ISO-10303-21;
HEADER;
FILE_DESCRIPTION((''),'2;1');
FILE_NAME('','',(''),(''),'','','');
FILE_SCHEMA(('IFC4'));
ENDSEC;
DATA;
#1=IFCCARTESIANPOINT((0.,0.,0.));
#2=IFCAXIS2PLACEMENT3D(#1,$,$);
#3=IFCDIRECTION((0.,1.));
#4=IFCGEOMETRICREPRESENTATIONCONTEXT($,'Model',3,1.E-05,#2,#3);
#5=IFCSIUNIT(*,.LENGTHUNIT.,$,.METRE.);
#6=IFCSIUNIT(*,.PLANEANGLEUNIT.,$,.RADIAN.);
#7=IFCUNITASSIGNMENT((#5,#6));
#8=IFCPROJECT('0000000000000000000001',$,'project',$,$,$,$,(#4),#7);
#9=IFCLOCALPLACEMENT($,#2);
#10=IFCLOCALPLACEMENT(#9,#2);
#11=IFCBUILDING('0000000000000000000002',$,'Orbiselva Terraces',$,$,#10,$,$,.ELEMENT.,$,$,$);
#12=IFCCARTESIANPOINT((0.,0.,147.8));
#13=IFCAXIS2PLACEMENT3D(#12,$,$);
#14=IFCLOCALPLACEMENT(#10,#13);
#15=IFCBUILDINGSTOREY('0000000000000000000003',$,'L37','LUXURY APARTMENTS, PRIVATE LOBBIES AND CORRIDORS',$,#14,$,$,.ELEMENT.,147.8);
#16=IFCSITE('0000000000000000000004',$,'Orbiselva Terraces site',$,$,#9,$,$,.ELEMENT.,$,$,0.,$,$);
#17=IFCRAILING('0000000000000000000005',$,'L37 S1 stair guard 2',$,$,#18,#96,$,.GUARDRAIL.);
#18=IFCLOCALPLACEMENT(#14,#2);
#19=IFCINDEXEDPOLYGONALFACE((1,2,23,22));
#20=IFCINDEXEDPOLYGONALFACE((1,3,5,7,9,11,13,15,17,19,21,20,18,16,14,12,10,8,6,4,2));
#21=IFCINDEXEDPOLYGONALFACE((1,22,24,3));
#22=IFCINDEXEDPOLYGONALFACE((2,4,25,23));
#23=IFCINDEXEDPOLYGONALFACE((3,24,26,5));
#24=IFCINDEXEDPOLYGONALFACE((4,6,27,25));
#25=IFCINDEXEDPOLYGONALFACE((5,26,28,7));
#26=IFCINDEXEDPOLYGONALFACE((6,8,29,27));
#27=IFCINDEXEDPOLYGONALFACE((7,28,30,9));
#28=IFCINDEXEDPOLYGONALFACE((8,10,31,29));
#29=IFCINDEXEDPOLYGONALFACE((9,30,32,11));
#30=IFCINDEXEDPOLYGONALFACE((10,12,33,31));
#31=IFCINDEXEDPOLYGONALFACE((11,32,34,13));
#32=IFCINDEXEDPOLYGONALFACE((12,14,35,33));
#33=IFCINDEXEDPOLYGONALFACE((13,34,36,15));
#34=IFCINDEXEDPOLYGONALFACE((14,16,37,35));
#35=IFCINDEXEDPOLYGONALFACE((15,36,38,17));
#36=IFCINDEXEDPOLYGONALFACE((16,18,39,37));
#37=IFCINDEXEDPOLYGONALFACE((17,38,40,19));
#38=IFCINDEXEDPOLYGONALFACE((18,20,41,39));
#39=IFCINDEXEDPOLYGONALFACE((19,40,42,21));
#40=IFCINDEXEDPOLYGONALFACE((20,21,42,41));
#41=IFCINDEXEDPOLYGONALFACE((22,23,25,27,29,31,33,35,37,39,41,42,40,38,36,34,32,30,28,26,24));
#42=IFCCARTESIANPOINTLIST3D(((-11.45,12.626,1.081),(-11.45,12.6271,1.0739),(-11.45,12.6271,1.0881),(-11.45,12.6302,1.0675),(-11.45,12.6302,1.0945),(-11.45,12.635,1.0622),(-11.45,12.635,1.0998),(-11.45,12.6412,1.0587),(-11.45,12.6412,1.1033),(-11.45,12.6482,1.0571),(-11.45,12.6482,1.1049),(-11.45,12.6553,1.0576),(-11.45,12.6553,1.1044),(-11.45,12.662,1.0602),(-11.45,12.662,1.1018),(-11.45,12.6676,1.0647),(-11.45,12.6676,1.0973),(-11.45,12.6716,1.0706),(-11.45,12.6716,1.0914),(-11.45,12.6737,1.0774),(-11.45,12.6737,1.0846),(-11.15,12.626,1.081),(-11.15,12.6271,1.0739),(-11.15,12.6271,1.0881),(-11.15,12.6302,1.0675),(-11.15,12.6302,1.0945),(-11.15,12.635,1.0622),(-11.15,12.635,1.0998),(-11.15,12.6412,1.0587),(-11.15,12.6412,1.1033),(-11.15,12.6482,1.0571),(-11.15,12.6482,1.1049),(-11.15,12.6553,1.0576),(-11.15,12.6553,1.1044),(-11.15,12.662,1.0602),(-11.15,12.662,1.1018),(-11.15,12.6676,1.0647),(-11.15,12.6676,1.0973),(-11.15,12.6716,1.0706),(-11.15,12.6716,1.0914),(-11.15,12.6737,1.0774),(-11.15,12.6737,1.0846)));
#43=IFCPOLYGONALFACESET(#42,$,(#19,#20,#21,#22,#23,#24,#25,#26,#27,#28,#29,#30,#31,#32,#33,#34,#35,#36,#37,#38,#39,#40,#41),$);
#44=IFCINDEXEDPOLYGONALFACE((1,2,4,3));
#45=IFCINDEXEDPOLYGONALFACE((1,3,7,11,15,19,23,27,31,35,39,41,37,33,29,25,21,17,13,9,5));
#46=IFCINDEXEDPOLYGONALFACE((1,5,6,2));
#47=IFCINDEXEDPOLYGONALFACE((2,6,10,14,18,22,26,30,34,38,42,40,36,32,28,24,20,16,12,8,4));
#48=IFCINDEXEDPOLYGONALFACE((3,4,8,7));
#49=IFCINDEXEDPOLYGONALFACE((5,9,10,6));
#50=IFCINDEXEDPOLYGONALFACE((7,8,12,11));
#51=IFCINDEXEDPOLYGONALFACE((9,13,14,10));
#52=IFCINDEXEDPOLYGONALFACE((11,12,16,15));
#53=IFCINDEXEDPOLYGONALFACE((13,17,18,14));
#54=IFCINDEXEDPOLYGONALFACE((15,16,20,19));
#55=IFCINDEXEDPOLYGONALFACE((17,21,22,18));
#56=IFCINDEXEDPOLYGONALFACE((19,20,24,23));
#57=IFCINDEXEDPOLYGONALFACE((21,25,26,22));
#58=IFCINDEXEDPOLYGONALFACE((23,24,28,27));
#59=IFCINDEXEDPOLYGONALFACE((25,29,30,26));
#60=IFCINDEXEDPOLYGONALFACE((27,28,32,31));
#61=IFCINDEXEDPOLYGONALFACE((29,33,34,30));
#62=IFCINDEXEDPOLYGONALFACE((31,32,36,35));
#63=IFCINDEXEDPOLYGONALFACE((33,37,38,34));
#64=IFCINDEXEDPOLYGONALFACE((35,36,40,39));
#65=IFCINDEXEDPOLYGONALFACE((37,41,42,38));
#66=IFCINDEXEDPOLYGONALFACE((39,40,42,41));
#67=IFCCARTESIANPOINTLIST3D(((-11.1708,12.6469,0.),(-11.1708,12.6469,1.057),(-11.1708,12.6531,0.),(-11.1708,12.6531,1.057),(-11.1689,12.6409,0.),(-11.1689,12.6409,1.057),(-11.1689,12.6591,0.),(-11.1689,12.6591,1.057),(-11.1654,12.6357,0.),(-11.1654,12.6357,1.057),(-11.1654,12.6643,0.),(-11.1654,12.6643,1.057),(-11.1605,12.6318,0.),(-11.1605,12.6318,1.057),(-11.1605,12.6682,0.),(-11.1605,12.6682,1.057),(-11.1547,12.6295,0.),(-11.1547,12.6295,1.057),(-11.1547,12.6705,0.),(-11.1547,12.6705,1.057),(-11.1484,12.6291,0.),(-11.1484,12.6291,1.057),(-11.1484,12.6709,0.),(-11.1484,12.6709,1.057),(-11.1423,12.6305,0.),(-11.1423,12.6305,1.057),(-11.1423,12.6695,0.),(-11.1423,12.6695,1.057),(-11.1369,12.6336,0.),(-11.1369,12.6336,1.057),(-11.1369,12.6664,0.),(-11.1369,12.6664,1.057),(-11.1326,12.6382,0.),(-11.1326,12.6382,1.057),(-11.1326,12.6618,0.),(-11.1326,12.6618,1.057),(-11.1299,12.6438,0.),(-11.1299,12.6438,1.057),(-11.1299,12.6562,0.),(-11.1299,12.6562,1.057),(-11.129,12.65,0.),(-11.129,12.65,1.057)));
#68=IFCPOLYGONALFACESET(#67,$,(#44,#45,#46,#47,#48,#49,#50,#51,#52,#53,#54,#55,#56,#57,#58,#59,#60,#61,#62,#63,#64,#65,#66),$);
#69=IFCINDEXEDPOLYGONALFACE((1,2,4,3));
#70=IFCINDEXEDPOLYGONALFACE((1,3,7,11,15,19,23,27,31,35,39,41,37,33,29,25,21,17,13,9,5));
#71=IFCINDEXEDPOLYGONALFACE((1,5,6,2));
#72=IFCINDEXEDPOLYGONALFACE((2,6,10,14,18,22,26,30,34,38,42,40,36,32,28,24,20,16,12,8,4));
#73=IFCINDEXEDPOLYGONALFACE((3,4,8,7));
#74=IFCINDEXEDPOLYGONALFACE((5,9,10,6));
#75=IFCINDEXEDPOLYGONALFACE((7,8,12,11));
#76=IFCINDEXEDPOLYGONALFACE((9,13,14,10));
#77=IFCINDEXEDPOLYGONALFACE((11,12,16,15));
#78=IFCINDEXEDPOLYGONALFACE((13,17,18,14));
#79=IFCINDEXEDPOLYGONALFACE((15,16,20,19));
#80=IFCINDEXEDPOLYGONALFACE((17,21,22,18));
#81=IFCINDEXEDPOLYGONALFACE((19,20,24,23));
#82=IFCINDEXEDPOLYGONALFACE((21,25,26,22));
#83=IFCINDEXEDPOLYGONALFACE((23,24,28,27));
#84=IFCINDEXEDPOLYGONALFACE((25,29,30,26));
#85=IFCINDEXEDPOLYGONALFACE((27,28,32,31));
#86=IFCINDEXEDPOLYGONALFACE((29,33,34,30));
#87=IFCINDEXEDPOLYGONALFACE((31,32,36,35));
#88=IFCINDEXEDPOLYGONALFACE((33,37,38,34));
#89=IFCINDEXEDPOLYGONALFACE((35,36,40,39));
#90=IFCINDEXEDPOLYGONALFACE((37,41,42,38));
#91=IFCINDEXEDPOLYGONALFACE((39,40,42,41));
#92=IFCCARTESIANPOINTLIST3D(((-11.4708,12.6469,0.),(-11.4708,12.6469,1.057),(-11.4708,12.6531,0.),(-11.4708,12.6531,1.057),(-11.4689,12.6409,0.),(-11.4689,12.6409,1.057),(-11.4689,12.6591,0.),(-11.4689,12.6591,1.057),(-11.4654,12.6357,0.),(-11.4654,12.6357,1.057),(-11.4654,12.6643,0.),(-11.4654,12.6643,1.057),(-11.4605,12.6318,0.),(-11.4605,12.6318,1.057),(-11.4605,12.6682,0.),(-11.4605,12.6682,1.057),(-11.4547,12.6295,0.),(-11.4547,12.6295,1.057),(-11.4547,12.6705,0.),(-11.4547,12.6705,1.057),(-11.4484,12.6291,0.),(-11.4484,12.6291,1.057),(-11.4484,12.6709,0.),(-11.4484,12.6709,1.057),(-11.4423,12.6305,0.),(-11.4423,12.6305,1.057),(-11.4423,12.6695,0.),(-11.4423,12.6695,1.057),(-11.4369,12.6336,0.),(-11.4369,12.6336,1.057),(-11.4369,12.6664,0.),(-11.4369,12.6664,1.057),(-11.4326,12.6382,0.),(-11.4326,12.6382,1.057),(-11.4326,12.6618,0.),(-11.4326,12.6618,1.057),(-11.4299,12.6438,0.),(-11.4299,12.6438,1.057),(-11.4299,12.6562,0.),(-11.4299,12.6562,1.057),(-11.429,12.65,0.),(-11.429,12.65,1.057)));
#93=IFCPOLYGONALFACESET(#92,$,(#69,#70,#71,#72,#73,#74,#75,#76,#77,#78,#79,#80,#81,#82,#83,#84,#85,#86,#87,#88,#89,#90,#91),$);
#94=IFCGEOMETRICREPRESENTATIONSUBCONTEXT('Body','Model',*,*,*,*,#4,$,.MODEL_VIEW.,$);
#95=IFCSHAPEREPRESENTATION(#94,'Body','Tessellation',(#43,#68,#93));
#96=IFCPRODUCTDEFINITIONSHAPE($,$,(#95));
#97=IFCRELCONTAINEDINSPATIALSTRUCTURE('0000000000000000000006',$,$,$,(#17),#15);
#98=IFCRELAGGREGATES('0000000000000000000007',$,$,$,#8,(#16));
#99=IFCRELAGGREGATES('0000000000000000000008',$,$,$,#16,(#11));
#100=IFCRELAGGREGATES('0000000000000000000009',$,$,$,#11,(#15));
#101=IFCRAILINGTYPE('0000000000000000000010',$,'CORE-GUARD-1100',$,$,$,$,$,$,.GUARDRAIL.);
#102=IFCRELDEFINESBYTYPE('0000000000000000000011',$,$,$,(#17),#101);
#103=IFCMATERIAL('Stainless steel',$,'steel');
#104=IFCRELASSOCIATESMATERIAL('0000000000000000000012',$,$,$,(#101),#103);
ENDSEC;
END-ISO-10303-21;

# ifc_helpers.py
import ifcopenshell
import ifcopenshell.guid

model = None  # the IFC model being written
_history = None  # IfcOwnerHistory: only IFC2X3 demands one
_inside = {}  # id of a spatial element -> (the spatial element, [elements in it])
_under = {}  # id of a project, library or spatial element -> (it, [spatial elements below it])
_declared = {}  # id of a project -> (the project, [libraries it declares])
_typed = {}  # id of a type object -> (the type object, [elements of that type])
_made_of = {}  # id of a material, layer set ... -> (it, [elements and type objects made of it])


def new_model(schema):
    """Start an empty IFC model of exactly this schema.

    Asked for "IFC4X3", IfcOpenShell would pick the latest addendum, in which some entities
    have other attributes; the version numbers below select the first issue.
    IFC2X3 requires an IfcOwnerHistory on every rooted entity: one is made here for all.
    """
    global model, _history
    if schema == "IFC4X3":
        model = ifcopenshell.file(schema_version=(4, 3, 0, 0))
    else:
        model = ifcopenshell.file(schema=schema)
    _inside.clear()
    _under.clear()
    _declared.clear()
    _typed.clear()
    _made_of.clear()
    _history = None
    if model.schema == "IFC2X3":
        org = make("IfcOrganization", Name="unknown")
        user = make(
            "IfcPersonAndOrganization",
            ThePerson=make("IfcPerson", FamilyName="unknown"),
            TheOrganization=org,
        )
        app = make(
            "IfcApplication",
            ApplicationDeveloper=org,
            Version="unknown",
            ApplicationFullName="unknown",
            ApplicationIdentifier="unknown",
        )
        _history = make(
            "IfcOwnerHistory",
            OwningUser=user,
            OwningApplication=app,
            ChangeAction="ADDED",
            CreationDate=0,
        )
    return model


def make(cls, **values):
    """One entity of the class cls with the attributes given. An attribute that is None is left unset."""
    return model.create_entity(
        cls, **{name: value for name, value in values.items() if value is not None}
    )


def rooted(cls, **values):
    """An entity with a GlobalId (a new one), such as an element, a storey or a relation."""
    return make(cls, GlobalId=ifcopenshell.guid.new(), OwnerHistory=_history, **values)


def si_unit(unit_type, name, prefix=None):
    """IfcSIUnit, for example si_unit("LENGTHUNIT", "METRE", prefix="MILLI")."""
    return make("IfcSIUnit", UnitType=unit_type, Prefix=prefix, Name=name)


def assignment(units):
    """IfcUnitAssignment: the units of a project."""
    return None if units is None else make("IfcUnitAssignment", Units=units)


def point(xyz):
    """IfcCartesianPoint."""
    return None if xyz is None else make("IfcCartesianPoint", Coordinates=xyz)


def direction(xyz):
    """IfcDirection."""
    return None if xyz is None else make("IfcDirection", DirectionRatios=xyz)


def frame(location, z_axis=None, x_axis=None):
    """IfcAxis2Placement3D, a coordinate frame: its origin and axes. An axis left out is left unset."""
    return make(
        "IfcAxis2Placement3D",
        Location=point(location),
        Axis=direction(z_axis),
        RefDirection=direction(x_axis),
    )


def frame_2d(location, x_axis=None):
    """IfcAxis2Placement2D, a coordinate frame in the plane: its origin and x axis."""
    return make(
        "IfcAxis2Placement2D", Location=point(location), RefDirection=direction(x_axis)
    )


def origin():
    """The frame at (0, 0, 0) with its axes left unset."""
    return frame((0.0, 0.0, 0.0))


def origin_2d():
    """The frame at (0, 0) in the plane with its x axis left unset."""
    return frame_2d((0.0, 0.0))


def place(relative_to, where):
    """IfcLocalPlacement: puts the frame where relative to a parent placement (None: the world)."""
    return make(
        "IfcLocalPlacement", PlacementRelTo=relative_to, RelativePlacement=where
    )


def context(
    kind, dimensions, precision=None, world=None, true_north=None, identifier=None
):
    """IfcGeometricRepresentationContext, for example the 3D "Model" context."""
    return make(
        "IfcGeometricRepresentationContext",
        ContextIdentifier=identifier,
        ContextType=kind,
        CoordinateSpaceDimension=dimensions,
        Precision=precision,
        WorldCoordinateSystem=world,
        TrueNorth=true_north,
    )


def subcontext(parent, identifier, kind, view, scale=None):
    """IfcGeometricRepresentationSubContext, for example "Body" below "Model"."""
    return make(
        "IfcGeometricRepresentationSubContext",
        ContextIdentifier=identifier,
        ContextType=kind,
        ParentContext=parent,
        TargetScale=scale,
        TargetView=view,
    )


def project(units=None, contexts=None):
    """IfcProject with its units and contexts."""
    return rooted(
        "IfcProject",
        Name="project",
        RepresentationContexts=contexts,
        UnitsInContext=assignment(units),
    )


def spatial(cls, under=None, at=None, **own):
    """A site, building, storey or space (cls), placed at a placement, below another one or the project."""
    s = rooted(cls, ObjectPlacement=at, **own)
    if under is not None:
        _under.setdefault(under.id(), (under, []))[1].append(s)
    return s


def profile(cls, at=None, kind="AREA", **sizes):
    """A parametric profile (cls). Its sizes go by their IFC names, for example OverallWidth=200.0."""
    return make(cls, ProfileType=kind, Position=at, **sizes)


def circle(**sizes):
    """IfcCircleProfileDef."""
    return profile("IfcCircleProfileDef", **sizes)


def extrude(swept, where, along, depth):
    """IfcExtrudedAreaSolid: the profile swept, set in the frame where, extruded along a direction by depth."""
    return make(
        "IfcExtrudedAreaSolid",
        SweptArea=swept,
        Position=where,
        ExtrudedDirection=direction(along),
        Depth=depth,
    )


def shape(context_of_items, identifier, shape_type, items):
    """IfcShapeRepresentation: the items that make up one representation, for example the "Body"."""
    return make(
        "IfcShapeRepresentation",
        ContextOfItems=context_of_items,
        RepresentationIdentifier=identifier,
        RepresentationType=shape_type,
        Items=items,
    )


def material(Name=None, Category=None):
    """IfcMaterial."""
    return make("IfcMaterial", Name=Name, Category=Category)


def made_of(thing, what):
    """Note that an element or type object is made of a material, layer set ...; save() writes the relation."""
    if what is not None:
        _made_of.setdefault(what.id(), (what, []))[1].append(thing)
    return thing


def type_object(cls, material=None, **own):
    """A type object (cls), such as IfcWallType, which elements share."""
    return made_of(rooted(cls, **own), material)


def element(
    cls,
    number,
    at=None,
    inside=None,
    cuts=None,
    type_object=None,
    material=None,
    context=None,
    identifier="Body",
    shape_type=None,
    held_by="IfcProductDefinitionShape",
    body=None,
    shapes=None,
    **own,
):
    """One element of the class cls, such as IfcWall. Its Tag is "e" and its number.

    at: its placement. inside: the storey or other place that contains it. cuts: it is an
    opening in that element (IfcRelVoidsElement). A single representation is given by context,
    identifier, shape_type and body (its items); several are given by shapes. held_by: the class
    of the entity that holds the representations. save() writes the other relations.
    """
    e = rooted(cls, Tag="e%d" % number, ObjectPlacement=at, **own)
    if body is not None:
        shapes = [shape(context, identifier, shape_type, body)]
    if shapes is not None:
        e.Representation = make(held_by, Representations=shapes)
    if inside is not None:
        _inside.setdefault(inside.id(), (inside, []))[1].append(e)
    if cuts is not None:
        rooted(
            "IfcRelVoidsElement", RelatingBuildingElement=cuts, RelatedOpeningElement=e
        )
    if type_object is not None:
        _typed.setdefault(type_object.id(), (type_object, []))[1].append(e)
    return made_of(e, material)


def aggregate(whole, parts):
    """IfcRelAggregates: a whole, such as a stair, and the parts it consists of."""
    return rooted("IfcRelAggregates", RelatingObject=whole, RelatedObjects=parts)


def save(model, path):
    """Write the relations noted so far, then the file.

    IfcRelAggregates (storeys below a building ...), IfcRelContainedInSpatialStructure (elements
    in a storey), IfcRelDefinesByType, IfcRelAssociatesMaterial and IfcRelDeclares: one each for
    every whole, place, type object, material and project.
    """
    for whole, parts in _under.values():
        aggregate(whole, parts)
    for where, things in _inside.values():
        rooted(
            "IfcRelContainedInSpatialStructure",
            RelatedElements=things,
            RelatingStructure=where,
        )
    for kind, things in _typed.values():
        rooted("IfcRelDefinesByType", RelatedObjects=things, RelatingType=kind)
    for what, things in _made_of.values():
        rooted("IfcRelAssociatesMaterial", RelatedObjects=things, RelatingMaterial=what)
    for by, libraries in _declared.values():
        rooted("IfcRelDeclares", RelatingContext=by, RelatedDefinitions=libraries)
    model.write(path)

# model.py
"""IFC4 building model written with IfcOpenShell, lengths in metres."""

from ifc_helpers import new_model, si_unit, direction, frame, origin, origin_2d, place, context, subcontext, project, spatial, circle, extrude, material, type_object, element, save


model = new_model("IFC4")

# Units and contexts
model_context = context("Model", 3, precision=1e-05, world=origin(), true_north=direction((0.0, 1.0)))
body_context = subcontext(model_context, "Body", "Model", "MODEL_VIEW")
ifc_project = project(units=[si_unit("LENGTHUNIT", "METRE"), si_unit("PLANEANGLEUNIT", "RADIAN")], contexts=[model_context])

# Site, building, storey
site_placement = place(None, origin())
site = spatial("IfcSite", under=ifc_project, at=site_placement, Name="Orbiselva Terraces site", CompositionType="ELEMENT", RefElevation=0.0)
building_placement = place(site_placement, origin())
building = spatial("IfcBuilding", under=site, at=building_placement, Name="Orbiselva Terraces", CompositionType="ELEMENT")
storey_placement = place(building_placement, frame((0.0, 0.0, 147.8)))
storey = spatial("IfcBuildingStorey", under=building, at=storey_placement, Name="L37", Description="LUXURY APARTMENTS, PRIVATE LOBBIES AND CORRIDORS", CompositionType="ELEMENT", Elevation=147.8)

# Railing
ifc_material_1 = material(Name="Stainless steel", Category="steel")
railing_type_1 = type_object("IfcRailingType", Name="CORE-GUARD-1100", PredefinedType="GUARDRAIL", material=ifc_material_1)
railing_1_placement = place(storey_placement, frame((-11.15, 12.65, 0.0)))
element("IfcRailing", 1, at=railing_1_placement, inside=storey, type_object=railing_type_1, Name="L37 S1 stair guard 2", PredefinedType="GUARDRAIL", context=body_context, shape_type="SweptSolid", body=[
    extrude(circle(Radius=0.024, at=origin_2d()), frame((0.0, 0.0, 1.081), z_axis=(-1.0, 0.0, 0.0), x_axis=(0.0, -1.0, 0.0)), (0.0, 0.0, 1.0), 0.3),
    extrude(circle(Radius=0.021, at=origin_2d()), origin(), (0.0, 0.0, 1.0), 1.057),
    extrude(circle(Radius=0.021, at=origin_2d()), frame((-0.3, 0.0, 0.0)), (0.0, 0.0, 1.0), 1.057),
])

save(model, "model.ifc")
